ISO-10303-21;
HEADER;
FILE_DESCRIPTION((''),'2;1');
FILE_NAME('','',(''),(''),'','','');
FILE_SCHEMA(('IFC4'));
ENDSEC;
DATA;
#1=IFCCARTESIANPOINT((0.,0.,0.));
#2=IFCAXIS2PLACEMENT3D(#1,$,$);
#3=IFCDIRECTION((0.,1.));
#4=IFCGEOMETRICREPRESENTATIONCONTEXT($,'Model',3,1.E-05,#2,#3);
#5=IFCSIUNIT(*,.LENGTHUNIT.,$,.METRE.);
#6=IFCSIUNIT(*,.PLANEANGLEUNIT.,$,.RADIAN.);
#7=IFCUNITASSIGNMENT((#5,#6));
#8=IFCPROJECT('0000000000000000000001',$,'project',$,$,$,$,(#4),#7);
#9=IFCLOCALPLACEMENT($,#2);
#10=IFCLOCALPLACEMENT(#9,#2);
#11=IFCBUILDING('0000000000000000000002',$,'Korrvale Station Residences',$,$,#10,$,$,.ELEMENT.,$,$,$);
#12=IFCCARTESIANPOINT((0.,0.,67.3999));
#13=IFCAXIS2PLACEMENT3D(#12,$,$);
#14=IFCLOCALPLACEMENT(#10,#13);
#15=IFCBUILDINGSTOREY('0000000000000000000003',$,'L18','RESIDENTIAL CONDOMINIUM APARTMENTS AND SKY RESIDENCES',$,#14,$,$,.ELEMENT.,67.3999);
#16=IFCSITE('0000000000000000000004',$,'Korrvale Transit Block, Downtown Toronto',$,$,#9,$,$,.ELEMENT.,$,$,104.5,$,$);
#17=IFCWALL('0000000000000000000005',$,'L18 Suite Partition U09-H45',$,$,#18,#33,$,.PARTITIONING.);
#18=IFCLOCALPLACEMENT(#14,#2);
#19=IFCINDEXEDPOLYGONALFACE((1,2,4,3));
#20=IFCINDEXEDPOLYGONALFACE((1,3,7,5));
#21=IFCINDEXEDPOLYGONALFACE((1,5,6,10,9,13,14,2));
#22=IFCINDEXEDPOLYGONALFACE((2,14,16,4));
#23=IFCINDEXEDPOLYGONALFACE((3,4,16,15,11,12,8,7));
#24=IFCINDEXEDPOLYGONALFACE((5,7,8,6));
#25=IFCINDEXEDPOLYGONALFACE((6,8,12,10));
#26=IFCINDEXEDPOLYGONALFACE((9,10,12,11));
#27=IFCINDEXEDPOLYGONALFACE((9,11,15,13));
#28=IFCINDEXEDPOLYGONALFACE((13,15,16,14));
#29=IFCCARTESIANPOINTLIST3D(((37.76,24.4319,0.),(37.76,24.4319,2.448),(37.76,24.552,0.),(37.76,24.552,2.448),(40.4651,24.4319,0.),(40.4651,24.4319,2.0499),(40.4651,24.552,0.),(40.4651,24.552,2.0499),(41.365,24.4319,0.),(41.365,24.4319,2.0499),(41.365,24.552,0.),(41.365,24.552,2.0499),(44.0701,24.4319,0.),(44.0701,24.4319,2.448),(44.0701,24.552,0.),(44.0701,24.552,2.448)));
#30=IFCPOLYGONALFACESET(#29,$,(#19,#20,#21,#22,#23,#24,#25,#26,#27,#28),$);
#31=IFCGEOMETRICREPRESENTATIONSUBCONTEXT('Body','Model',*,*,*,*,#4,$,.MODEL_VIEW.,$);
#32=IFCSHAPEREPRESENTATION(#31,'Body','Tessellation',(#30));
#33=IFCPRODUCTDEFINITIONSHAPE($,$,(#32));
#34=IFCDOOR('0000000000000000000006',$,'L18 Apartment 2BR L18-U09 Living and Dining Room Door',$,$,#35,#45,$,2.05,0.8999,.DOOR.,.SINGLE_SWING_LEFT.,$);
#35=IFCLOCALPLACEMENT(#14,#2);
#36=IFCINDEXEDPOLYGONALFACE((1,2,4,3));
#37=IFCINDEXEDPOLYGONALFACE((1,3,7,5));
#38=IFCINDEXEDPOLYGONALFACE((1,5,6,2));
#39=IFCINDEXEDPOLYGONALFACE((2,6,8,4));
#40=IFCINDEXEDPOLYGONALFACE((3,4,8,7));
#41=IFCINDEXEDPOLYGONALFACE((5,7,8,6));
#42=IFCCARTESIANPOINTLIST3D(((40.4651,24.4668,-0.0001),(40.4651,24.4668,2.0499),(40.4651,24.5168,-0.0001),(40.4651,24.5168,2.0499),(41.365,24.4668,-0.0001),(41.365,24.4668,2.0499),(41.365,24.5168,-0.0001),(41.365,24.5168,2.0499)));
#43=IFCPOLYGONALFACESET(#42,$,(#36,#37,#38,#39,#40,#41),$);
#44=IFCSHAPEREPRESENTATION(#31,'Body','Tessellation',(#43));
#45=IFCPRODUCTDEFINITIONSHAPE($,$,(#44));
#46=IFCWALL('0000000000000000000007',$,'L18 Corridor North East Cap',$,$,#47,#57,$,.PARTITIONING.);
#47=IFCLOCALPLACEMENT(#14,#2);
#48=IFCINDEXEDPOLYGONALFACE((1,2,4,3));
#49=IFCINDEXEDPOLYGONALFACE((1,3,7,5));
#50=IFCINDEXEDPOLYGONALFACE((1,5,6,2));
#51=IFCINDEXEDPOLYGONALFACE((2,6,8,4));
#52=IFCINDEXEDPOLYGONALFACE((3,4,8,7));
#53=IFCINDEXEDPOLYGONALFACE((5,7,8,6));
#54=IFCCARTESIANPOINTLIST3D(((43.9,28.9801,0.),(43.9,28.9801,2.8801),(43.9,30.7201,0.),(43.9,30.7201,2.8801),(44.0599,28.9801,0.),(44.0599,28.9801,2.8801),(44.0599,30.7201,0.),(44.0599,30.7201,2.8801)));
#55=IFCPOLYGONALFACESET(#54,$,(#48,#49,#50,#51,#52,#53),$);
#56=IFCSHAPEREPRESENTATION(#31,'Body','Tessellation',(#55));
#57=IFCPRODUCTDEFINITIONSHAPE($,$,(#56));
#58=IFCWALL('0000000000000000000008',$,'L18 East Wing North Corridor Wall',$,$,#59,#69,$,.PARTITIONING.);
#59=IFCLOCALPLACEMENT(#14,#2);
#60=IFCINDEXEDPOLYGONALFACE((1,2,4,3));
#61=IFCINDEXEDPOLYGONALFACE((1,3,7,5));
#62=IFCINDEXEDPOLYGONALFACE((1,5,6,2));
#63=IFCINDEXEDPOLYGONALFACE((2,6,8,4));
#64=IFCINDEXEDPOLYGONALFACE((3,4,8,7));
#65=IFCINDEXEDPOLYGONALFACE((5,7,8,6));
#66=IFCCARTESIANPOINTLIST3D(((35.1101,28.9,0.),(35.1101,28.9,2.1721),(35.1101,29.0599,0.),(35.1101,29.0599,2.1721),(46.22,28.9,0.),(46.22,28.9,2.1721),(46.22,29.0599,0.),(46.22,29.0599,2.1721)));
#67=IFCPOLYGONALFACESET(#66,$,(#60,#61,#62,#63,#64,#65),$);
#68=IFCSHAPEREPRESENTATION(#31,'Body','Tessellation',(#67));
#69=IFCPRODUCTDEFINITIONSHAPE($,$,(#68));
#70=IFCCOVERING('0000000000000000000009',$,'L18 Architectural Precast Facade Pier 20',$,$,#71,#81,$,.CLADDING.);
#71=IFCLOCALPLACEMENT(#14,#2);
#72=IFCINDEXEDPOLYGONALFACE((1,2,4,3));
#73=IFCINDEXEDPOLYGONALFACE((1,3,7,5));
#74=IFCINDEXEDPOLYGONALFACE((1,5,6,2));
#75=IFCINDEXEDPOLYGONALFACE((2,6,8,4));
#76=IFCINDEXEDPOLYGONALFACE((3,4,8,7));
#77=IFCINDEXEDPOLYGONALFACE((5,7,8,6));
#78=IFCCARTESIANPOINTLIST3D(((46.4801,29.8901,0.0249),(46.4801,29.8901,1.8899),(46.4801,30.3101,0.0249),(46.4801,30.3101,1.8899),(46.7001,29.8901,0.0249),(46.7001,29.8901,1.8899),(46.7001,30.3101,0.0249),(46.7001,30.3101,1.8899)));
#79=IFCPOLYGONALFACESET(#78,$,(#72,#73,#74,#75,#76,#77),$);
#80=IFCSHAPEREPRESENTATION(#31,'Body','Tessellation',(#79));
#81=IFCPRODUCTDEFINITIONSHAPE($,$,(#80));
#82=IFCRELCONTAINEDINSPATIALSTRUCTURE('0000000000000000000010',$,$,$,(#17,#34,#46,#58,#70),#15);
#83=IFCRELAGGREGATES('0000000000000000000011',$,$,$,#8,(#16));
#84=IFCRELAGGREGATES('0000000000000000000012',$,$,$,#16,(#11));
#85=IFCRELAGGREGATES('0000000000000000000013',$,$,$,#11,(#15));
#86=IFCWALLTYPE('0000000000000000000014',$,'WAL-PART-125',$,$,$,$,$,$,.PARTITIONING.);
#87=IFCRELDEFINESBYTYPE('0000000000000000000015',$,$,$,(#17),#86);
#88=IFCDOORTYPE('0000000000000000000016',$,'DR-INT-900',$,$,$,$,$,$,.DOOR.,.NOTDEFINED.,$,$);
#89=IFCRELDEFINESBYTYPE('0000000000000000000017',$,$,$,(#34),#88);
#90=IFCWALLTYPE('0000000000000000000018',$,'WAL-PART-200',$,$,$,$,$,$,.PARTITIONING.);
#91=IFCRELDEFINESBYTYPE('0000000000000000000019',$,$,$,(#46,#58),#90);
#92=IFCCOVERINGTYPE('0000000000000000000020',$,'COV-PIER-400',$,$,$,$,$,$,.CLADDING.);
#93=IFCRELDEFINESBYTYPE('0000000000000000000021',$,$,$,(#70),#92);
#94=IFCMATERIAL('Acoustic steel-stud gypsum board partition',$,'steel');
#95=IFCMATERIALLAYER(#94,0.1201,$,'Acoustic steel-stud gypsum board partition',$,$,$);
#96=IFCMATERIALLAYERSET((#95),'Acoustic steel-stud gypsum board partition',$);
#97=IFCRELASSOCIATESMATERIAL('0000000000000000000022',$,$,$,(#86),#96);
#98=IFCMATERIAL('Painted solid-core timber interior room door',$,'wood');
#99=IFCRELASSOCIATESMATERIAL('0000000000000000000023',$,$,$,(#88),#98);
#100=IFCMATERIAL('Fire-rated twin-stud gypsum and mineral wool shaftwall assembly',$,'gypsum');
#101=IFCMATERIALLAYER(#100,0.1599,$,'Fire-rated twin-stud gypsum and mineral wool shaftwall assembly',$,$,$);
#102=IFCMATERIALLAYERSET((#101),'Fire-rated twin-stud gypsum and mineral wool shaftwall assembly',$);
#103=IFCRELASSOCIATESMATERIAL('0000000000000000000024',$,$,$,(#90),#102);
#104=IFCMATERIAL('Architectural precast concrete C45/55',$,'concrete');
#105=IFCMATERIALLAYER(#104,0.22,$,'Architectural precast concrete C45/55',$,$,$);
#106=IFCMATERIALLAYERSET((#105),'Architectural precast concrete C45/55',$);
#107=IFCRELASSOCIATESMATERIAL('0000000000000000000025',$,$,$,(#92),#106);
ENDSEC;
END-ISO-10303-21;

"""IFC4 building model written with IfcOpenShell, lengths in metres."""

from ifc_helpers import new_model, si_unit, direction, frame, frame_2d, origin, origin_2d, place, context, subcontext, project, spatial, rectangle, extrude, material, layer, layer_set, type_object, element, fill, save


model = new_model("IFC4")

# Units and contexts
model_context = context("Model", 3, precision=1e-05, world=origin(), true_north=direction((0.0, 1.0)))
body_context = subcontext(model_context, "Body", "Model", "MODEL_VIEW")
ifc_project = project(units=[si_unit("LENGTHUNIT", "METRE"), si_unit("PLANEANGLEUNIT", "RADIAN")], contexts=[model_context])

# Site, building, storey
site_placement = place(None, origin())
site = spatial("IfcSite", under=ifc_project, at=site_placement, Name="Korrvale Transit Block, Downtown Toronto", CompositionType="ELEMENT", RefElevation=104.5)
building_placement = place(site_placement, origin())
building = spatial("IfcBuilding", under=site, at=building_placement, Name="Korrvale Station Residences", CompositionType="ELEMENT")
storey_placement = place(building_placement, frame((0.0, 0.0, 67.3999)))
storey = spatial("IfcBuildingStorey", under=building, at=storey_placement, Name="L18", Description="RESIDENTIAL CONDOMINIUM APARTMENTS AND SKY RESIDENCES", CompositionType="ELEMENT", Elevation=67.3999)

# Wall, opening, door
ifc_material_1 = material(Name="Acoustic steel-stud gypsum board partition", Category="steel")
ifc_layer_1 = layer(ifc_material_1, 0.1201, Name="Acoustic steel-stud gypsum board partition")
ifc_layer_set_1 = layer_set([ifc_layer_1], Name="Acoustic steel-stud gypsum board partition")
wall_type_1 = type_object("IfcWallType", Name="WAL-PART-125", PredefinedType="PARTITIONING", material=ifc_layer_set_1)
ifc_material_2 = material(Name="Painted solid-core timber interior room door", Category="wood")
door_type_1 = type_object("IfcDoorType", Name="DR-INT-900", OperationType="NOTDEFINED", PredefinedType="DOOR", material=ifc_material_2)
wall_1_placement = place(storey_placement, frame((37.76, 24.4919, 0.0), z_axis=(0.0, 0.0, 1.0), x_axis=(1.0, 0.0, 0.0)))
wall_1 = element("IfcWall", 1, at=wall_1_placement, inside=storey, type_object=wall_type_1, Name="L18 Suite Partition U09-H45", PredefinedType="PARTITIONING", context=body_context, shape_type="SweptSolid", body=[
    extrude(rectangle(XDim=6.3101, YDim=0.1201, at=frame_2d((3.155, 0.0))), origin(), (0.0, 0.0, 1.0), 2.448),
])
opening_1_placement = place(wall_1_placement, frame((2.7051, 0.0, 0.0)))
opening_1 = element("IfcOpeningElement", 2, at=opening_1_placement, cuts=wall_1, PredefinedType="OPENING", context=body_context, shape_type="SweptSolid", body=[
    extrude(rectangle(XDim=0.8999, YDim=2.05, at=frame_2d((0.45, 1.0249))), frame((0.0, 0.0701, 0.0), z_axis=(0.0, -1.0, 0.0), x_axis=(1.0, 0.0, 0.0)), (0.0, 0.0, 1.0), 0.1401),
])
door_1_placement = place(opening_1_placement, origin())
door_1 = element("IfcDoor", 3, at=door_1_placement, inside=storey, type_object=door_type_1, Name="L18 Apartment 2BR L18-U09 Living and Dining Room Door", OperationType="SINGLE_SWING_LEFT", OverallHeight=2.05, OverallWidth=0.8999, PredefinedType="DOOR", context=body_context, shape_type="SweptSolid", body=[
    extrude(rectangle(XDim=0.8999, YDim=2.05, at=frame_2d((0.45, 1.0249))), frame((0.0, 0.0249, 0.0), z_axis=(0.0, -1.0, 0.0), x_axis=(1.0, 0.0, 0.0)), (0.0, 0.0, 1.0), 0.05),
])
fill(opening_1, door_1)

# Walls
ifc_material_3 = material(Name="Fire-rated twin-stud gypsum and mineral wool shaftwall assembly", Category="gypsum")
ifc_layer_2 = layer(ifc_material_3, 0.1599, Name="Fire-rated twin-stud gypsum and mineral wool shaftwall assembly")
ifc_layer_set_2 = layer_set([ifc_layer_2], Name="Fire-rated twin-stud gypsum and mineral wool shaftwall assembly")
wall_type_2 = type_object("IfcWallType", Name="WAL-PART-200", PredefinedType="PARTITIONING", material=ifc_layer_set_2)
wall_2_placement = place(storey_placement, frame((43.98, 28.98, 0.0), z_axis=(0.0, 0.0, 1.0), x_axis=(0.0, 1.0, 0.0)))
element("IfcWall", 4, at=wall_2_placement, inside=storey, type_object=wall_type_2, Name="L18 Corridor North East Cap", PredefinedType="PARTITIONING", context=body_context, shape_type="SweptSolid", body=[
    extrude(rectangle(XDim=1.74, YDim=0.1599, at=frame_2d((0.8701, 0.0))), origin(), (0.0, 0.0, 1.0), 2.8801),
])
wall_3_placement = place(storey_placement, frame((35.1101, 28.98, 0.0), z_axis=(0.0, 0.0, 1.0), x_axis=(1.0, 0.0, 0.0)))
element("IfcWall", 5, at=wall_3_placement, inside=storey, type_object=wall_type_2, Name="L18 East Wing North Corridor Wall", PredefinedType="PARTITIONING", context=body_context, shape_type="SweptSolid", body=[
    extrude(rectangle(XDim=11.1099, YDim=0.1599, at=frame_2d((5.5549, 0.0))), origin(), (0.0, 0.0, 1.0), 2.1721),
])

# Covering
ifc_material_4 = material(Name="Architectural precast concrete C45/55", Category="concrete")
ifc_layer_3 = layer(ifc_material_4, 0.22, Name="Architectural precast concrete C45/55")
ifc_layer_set_3 = layer_set([ifc_layer_3], Name="Architectural precast concrete C45/55")
covering_type = type_object("IfcCoveringType", Name="COV-PIER-400", PredefinedType="CLADDING", material=ifc_layer_set_3)
covering_placement = place(storey_placement, frame((46.5901, 30.1001, 0.0249), z_axis=(0.0, 0.0, 1.0), x_axis=(0.0, 1.0, 0.0)))
element("IfcCovering", 6, at=covering_placement, inside=storey, type_object=covering_type, Name="L18 Architectural Precast Facade Pier 20", PredefinedType="CLADDING", context=body_context, shape_type="SweptSolid", body=[
    extrude(rectangle(XDim=0.4199, YDim=0.22, at=origin_2d()), origin(), (0.0, 0.0, 1.0), 1.865),
])

save(model, "model.ifc")
